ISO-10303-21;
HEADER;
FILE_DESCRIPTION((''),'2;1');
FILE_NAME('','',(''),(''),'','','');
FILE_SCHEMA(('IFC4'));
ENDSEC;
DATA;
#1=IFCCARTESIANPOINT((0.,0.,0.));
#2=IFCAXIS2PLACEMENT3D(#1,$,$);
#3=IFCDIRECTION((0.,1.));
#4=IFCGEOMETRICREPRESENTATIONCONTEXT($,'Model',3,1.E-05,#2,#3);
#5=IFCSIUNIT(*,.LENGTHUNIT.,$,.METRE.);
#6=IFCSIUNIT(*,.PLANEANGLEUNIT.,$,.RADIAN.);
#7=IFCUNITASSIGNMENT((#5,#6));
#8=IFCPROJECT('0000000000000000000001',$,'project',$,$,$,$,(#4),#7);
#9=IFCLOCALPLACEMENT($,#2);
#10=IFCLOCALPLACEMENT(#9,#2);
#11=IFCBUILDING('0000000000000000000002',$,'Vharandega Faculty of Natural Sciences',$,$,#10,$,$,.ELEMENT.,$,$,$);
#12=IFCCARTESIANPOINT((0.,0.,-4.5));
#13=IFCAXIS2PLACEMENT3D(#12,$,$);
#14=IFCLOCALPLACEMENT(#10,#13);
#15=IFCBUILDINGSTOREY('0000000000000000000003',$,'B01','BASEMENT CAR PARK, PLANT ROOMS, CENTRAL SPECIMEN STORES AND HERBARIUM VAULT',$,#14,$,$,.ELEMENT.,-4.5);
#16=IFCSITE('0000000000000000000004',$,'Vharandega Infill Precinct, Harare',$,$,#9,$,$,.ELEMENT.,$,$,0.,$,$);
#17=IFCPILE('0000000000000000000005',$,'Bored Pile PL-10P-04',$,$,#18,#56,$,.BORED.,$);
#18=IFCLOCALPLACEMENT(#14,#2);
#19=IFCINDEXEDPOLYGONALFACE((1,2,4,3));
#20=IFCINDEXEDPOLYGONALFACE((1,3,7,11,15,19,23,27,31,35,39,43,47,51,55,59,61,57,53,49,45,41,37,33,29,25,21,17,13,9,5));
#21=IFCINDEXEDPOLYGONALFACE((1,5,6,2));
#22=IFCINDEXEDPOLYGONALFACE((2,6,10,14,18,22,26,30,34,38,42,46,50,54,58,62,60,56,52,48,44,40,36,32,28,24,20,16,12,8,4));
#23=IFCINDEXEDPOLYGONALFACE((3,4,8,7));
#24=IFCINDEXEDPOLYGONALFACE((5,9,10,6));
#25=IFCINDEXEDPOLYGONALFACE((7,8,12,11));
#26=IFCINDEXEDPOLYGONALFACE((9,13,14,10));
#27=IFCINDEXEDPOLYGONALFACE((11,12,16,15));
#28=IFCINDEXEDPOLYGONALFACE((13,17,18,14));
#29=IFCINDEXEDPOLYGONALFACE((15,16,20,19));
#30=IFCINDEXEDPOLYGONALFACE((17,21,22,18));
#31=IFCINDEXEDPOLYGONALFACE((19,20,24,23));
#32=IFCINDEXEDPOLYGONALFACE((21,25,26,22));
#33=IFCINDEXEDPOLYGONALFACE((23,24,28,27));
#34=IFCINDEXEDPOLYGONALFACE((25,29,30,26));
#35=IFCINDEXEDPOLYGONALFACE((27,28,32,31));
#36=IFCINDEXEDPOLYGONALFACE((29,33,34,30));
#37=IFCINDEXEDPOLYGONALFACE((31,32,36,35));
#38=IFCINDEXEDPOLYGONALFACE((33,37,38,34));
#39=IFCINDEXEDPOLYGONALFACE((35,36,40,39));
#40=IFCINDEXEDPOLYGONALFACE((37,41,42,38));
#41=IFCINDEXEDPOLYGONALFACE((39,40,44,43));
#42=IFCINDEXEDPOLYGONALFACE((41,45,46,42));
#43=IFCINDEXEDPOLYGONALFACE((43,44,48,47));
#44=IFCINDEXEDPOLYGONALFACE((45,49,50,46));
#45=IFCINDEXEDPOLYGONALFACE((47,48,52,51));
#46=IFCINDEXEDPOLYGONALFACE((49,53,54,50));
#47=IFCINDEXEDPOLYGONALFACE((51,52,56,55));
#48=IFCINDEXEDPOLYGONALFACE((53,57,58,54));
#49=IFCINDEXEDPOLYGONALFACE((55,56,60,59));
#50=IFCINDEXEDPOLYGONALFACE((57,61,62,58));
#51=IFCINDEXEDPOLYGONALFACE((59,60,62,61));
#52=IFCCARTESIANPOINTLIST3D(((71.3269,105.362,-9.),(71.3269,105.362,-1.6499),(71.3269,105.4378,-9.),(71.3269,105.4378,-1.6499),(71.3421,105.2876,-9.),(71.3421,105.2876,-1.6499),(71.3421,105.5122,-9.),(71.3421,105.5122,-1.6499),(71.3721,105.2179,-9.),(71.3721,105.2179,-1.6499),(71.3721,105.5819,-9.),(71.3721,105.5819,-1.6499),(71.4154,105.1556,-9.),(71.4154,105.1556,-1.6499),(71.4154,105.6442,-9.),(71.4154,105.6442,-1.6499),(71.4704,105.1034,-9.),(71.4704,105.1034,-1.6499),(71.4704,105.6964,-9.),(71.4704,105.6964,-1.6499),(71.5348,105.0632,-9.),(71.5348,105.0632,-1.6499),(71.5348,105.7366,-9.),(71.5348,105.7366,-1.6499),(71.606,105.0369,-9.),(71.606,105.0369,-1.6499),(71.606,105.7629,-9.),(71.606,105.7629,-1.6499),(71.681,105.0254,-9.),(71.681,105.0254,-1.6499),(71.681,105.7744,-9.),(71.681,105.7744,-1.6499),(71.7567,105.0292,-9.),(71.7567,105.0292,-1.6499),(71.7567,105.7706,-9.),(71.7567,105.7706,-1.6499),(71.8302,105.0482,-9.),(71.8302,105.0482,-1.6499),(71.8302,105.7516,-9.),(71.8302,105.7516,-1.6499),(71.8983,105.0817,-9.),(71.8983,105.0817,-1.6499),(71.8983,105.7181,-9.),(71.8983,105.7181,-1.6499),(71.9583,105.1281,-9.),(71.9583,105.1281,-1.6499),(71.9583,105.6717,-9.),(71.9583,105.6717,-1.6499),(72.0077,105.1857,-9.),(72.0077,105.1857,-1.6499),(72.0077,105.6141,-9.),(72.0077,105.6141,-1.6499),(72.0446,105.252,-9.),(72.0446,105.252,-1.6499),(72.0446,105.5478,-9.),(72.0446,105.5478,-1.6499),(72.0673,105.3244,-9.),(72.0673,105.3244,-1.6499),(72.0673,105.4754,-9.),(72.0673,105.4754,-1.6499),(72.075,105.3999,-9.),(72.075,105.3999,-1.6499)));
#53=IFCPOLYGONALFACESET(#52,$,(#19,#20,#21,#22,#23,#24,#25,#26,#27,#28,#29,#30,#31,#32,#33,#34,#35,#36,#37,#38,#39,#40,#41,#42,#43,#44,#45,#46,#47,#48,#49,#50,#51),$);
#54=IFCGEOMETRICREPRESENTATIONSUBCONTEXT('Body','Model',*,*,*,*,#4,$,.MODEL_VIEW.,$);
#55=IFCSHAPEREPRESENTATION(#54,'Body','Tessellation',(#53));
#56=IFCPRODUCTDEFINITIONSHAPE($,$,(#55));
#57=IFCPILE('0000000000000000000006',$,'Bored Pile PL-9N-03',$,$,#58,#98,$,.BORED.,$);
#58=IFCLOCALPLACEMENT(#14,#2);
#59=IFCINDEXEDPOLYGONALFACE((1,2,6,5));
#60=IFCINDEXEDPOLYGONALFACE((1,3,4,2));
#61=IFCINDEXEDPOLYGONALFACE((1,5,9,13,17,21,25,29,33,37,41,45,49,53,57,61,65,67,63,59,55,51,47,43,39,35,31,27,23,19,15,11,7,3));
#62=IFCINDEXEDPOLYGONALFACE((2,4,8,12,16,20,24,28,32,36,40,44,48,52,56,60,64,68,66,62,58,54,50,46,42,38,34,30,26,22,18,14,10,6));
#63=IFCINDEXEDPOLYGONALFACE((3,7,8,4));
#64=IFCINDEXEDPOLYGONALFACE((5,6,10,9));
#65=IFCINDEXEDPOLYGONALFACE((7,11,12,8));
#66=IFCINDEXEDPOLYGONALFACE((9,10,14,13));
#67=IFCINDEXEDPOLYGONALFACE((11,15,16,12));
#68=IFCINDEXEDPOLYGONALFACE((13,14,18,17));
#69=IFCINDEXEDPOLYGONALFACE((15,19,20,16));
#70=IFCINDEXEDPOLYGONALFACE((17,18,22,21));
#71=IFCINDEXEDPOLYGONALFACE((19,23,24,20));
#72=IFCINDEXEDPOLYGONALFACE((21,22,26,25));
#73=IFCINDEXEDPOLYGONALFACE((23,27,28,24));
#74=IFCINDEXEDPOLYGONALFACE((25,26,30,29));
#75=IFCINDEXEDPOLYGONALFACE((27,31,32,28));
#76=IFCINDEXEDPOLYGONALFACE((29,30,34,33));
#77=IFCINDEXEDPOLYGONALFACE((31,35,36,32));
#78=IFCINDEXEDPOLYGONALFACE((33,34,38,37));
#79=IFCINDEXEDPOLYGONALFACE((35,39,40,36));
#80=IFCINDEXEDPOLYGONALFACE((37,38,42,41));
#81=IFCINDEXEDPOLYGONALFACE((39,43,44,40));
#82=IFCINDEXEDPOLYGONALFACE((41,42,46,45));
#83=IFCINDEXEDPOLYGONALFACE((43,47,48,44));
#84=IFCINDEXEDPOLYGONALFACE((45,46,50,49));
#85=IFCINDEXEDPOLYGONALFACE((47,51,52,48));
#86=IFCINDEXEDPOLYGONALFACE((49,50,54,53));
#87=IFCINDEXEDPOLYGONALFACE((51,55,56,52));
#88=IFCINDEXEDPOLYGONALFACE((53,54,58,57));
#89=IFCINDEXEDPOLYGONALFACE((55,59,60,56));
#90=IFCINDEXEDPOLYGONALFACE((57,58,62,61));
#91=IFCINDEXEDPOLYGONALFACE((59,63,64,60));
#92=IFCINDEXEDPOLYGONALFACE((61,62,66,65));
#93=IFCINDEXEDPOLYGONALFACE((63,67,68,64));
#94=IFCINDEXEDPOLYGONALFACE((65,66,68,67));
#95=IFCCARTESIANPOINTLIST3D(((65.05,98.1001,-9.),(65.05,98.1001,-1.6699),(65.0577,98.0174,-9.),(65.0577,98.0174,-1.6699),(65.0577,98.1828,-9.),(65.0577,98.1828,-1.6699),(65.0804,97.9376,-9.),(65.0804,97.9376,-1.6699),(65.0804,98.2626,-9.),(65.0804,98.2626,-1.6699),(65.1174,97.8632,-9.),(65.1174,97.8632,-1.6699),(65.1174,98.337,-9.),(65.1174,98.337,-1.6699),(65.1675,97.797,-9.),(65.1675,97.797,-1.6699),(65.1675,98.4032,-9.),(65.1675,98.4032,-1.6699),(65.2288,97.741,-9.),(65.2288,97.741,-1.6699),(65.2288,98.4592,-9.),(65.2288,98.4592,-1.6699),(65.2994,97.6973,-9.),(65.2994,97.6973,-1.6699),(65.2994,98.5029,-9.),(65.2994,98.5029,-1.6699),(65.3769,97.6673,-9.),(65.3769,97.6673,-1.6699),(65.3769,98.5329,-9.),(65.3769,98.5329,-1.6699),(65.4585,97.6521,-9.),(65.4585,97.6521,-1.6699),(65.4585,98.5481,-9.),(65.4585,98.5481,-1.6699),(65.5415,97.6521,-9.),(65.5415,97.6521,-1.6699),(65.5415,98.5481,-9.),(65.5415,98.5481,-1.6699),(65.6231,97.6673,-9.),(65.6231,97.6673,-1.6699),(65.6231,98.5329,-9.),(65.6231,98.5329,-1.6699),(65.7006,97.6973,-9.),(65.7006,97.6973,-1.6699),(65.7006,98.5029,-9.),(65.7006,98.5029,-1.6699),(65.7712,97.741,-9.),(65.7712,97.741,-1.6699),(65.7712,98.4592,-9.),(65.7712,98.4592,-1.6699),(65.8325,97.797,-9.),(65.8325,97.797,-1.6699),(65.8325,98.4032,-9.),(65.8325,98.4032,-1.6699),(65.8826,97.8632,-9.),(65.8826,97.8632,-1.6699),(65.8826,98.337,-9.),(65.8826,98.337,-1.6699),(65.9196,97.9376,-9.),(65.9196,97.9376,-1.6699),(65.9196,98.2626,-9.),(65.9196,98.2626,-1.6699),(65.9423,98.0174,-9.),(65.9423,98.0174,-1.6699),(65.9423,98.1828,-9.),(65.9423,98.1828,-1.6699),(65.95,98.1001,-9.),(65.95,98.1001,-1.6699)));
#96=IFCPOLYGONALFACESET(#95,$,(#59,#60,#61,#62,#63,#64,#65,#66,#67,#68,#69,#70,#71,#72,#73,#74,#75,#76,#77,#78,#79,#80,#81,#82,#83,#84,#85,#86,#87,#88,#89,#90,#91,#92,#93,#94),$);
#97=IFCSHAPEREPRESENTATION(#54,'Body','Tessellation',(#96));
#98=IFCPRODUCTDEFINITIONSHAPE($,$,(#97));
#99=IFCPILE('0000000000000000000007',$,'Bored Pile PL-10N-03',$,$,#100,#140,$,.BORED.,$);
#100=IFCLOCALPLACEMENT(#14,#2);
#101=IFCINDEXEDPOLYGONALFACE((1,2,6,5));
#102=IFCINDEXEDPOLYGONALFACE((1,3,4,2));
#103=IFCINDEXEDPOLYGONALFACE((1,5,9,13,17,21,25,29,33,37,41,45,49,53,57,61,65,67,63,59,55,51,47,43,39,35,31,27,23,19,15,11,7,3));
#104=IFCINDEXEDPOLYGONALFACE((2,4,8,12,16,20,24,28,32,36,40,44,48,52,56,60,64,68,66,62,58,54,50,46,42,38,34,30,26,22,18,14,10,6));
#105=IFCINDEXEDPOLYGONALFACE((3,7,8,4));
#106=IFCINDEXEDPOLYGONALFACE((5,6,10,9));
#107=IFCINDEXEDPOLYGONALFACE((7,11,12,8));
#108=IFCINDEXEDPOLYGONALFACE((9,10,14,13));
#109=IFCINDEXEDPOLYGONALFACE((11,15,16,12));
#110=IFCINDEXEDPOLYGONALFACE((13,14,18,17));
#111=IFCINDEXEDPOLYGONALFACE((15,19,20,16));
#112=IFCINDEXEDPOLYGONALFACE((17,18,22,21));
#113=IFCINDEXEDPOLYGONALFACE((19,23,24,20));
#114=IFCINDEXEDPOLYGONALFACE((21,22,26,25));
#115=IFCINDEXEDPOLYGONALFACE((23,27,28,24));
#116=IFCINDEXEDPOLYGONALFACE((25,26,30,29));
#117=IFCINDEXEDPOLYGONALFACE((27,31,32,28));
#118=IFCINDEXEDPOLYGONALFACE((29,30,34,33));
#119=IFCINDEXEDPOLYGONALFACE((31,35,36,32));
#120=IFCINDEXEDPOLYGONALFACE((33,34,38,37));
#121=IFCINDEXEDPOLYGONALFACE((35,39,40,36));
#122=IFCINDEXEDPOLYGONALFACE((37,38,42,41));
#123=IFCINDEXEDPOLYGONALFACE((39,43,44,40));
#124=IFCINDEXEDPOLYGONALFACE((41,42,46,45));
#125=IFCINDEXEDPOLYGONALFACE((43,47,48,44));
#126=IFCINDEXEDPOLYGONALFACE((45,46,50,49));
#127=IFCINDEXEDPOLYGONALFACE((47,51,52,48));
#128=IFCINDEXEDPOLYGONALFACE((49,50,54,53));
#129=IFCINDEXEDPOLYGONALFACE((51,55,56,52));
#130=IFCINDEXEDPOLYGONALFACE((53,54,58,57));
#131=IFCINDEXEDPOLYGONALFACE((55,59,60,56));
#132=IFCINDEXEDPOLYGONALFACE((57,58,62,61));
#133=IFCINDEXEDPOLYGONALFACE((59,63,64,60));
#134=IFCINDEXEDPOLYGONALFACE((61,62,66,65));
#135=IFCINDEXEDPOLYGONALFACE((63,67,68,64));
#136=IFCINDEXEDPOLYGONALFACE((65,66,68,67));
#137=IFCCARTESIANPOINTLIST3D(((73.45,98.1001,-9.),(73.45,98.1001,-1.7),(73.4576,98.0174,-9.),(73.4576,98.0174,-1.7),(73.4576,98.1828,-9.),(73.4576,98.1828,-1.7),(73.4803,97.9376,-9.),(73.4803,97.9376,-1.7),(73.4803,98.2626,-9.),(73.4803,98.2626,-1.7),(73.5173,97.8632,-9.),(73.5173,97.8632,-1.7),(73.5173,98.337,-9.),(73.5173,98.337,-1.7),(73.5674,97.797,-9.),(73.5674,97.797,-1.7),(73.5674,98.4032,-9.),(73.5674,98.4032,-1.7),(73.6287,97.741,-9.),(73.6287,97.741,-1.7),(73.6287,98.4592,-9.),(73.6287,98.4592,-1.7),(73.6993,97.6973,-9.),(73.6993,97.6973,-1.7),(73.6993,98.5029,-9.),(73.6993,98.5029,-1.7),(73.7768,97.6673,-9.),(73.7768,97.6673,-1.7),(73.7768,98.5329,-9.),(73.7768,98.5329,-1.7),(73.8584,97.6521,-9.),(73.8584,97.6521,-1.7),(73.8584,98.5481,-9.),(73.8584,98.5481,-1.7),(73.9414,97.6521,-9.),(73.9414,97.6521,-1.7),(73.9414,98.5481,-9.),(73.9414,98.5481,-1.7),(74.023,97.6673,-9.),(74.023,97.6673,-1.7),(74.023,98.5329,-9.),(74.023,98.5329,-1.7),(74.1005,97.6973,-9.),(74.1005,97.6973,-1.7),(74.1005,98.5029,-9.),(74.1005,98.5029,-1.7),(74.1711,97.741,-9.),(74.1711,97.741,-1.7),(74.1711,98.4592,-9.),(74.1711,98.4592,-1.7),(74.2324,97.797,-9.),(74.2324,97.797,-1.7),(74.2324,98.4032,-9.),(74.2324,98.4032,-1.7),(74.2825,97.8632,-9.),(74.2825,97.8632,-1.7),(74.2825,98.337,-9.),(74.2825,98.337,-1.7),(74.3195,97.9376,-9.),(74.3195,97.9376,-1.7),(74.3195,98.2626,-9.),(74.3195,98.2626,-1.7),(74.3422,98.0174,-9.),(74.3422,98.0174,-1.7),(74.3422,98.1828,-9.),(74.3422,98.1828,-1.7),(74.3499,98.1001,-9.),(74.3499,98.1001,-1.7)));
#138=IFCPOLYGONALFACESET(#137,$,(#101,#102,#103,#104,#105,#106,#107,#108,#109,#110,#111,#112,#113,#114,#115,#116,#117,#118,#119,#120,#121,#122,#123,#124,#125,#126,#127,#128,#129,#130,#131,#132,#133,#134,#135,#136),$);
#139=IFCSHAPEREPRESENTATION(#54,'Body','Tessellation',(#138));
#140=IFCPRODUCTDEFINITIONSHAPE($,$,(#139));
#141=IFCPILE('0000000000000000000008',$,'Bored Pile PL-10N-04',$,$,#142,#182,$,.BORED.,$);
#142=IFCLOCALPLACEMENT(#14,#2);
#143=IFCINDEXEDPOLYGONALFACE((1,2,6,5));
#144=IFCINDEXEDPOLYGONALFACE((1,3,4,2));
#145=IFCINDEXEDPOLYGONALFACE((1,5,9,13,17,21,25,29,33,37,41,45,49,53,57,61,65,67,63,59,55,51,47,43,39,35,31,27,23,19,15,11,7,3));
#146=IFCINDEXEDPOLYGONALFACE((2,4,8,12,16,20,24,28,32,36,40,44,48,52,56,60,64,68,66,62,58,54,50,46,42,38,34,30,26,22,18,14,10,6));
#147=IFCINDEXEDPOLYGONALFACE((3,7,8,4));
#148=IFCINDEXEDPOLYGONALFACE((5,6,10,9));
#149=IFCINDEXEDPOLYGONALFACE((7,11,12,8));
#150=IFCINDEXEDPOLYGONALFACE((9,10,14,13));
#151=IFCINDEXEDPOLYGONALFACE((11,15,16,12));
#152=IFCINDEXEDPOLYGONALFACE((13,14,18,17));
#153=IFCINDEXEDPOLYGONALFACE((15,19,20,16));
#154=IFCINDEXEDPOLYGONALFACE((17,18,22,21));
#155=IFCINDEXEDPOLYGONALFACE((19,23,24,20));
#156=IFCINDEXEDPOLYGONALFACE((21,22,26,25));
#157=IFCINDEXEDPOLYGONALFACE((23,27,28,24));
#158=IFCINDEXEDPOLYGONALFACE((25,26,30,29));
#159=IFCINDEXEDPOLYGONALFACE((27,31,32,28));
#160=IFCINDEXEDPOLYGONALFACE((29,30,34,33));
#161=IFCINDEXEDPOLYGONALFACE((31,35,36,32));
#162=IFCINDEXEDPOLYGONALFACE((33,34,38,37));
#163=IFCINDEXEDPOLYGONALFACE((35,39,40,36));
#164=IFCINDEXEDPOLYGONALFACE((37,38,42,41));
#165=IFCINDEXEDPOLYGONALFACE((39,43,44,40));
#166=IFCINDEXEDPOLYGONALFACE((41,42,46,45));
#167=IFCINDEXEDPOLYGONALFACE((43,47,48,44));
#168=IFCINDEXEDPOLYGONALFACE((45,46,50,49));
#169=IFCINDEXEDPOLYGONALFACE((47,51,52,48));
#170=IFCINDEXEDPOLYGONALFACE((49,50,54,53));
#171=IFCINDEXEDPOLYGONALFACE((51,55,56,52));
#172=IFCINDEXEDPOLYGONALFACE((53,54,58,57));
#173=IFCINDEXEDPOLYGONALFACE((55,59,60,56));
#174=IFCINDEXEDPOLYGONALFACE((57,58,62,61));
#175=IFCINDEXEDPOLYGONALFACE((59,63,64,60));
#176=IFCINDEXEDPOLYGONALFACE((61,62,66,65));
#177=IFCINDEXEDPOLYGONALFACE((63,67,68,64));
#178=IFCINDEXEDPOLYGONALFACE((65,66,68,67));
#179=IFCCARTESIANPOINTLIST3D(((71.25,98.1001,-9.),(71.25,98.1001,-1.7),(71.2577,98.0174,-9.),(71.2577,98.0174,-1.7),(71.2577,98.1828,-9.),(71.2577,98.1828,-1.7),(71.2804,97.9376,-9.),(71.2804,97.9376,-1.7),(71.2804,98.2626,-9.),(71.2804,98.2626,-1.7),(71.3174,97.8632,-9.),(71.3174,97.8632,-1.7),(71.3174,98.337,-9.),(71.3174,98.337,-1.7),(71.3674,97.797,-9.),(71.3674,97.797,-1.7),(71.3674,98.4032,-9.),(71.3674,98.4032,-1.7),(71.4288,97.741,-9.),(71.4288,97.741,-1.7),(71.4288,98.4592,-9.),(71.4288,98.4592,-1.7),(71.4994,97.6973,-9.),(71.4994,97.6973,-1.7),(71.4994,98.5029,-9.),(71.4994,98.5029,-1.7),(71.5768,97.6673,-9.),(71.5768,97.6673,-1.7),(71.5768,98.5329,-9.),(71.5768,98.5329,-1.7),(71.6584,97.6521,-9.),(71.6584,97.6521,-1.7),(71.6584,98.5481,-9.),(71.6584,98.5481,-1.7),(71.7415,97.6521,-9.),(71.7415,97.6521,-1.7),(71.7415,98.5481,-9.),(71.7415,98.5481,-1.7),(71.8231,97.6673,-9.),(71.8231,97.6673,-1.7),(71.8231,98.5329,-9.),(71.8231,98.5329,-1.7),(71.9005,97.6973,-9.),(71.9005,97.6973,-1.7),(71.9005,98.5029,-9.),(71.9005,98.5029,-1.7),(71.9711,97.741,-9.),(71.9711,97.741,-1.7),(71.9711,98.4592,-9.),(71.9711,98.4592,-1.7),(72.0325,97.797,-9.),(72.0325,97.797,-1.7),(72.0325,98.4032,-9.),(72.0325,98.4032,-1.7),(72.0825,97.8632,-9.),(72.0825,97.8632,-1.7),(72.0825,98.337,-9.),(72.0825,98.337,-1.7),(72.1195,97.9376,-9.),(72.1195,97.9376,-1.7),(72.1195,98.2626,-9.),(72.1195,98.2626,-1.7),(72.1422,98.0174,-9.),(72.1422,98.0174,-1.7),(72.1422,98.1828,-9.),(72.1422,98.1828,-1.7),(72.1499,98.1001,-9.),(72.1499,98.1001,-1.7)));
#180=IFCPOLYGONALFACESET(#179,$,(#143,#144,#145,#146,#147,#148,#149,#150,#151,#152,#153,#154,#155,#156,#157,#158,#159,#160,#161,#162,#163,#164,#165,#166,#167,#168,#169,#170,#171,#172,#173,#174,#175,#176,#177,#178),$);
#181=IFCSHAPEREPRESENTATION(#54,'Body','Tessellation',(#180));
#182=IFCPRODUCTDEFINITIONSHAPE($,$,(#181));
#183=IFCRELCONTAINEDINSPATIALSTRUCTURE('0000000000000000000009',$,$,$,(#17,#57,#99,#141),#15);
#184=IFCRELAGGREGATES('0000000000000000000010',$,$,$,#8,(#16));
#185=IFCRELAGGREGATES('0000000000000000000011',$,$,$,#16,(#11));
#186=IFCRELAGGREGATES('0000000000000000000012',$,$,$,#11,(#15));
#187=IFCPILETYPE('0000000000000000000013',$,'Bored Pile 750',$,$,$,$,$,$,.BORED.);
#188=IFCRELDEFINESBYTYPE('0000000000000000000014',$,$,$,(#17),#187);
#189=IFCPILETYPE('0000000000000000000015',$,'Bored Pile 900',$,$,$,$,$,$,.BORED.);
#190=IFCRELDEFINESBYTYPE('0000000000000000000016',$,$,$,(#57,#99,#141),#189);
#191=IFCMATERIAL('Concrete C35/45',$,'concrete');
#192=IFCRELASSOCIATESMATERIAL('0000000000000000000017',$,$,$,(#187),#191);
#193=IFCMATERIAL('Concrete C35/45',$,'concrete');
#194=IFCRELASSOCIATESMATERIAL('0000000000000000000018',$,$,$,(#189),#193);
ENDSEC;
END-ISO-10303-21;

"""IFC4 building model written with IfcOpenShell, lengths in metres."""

from ifc_helpers import new_model, si_unit, direction, frame, origin, origin_2d, place, context, subcontext, project, spatial, circle, extrude, material, material_profile, profile_set, type_object, element, save


model = new_model("IFC4")

# Units and contexts
model_context = context("Model", 3, precision=1e-05, world=origin(), true_north=direction((0.0, 1.0)))
body_context = subcontext(model_context, "Body", "Model", "MODEL_VIEW")
ifc_project = project(units=[si_unit("LENGTHUNIT", "METRE"), si_unit("PLANEANGLEUNIT", "RADIAN")], contexts=[model_context])

# Site, building, storey
site_placement = place(None, origin())
site = spatial("IfcSite", under=ifc_project, at=site_placement, Name="Vharandega Infill Precinct, Harare", CompositionType="ELEMENT", RefElevation=0.0)
building_placement = place(site_placement, origin())
building = spatial("IfcBuilding", under=site, at=building_placement, Name="Vharandega Faculty of Natural Sciences", CompositionType="ELEMENT")
storey_placement = place(building_placement, frame((0.0, 0.0, -4.5)))
storey = spatial("IfcBuildingStorey", under=building, at=storey_placement, Name="B01", Description="BASEMENT CAR PARK, PLANT ROOMS, CENTRAL SPECIMEN STORES AND HERBARIUM VAULT", CompositionType="ELEMENT", Elevation=-4.5)

# Piles
ifc_material_1 = material(Name="Concrete C35/45", Category="concrete")
ifc_material_profile_1 = material_profile(ifc_material_1, circle(Radius=0.375, at=origin_2d()), Name="PILE 750")
ifc_profile_set_1 = profile_set([ifc_material_profile_1], Name="Concrete C35/45")
pile_type_1 = type_object("IfcPileType", Name="Bored Pile 750", PredefinedType="BORED", material=ifc_profile_set_1)
for number, where, z_axis, x_axis, name in (
    (1, (71.7, 105.3999, -1.6499), (0.0, 0.0, -1.0), (1.0, 0.0, 0.0), "Bored Pile PL-10P-04"),
):
    element("IfcPile", number, at=place(storey_placement, frame(where, z_axis=z_axis, x_axis=x_axis)), inside=storey, type_object=pile_type_1, Name=name, PredefinedType="BORED", context=body_context, shape_type="SweptSolid", body=[
        extrude(circle(Radius=0.375, at=origin_2d()), origin(), (0.0, 0.0, 1.0), 7.3501),
    ])
ifc_material_2 = material(Name="Concrete C35/45", Category="concrete")
ifc_material_profile_2 = material_profile(ifc_material_2, circle(Radius=0.45, at=origin_2d()), Name="PILE 900")
ifc_profile_set_2 = profile_set([ifc_material_profile_2], Name="Concrete C35/45")
pile_type_2 = type_object("IfcPileType", Name="Bored Pile 900", PredefinedType="BORED", material=ifc_profile_set_2)
pile_1_placement = place(storey_placement, frame((65.5, 98.1001, -1.6699), z_axis=(0.0, 0.0, -1.0), x_axis=(1.0, 0.0, 0.0)))
element("IfcPile", 2, at=pile_1_placement, inside=storey, type_object=pile_type_2, Name="Bored Pile PL-9N-03", PredefinedType="BORED", context=body_context, shape_type="SweptSolid", body=[
    extrude(circle(Radius=0.45, at=origin_2d()), origin(), (0.0, 0.0, 1.0), 7.3301),
])
for number, where, z_axis, x_axis, name in (
    (3, (73.8999, 98.1001, -1.7), (0.0, 0.0, -1.0), (1.0, 0.0, 0.0), "Bored Pile PL-10N-03"),
    (4, (71.7, 98.1001, -1.7), (0.0, 0.0, -1.0), (1.0, 0.0, 0.0), "Bored Pile PL-10N-04"),
):
    element("IfcPile", number, at=place(storey_placement, frame(where, z_axis=z_axis, x_axis=x_axis)), inside=storey, type_object=pile_type_2, Name=name, PredefinedType="BORED", context=body_context, shape_type="SweptSolid", body=[
        extrude(circle(Radius=0.45, at=origin_2d()), origin(), (0.0, 0.0, 1.0), 7.3),
    ])

save(model, "model.ifc")
